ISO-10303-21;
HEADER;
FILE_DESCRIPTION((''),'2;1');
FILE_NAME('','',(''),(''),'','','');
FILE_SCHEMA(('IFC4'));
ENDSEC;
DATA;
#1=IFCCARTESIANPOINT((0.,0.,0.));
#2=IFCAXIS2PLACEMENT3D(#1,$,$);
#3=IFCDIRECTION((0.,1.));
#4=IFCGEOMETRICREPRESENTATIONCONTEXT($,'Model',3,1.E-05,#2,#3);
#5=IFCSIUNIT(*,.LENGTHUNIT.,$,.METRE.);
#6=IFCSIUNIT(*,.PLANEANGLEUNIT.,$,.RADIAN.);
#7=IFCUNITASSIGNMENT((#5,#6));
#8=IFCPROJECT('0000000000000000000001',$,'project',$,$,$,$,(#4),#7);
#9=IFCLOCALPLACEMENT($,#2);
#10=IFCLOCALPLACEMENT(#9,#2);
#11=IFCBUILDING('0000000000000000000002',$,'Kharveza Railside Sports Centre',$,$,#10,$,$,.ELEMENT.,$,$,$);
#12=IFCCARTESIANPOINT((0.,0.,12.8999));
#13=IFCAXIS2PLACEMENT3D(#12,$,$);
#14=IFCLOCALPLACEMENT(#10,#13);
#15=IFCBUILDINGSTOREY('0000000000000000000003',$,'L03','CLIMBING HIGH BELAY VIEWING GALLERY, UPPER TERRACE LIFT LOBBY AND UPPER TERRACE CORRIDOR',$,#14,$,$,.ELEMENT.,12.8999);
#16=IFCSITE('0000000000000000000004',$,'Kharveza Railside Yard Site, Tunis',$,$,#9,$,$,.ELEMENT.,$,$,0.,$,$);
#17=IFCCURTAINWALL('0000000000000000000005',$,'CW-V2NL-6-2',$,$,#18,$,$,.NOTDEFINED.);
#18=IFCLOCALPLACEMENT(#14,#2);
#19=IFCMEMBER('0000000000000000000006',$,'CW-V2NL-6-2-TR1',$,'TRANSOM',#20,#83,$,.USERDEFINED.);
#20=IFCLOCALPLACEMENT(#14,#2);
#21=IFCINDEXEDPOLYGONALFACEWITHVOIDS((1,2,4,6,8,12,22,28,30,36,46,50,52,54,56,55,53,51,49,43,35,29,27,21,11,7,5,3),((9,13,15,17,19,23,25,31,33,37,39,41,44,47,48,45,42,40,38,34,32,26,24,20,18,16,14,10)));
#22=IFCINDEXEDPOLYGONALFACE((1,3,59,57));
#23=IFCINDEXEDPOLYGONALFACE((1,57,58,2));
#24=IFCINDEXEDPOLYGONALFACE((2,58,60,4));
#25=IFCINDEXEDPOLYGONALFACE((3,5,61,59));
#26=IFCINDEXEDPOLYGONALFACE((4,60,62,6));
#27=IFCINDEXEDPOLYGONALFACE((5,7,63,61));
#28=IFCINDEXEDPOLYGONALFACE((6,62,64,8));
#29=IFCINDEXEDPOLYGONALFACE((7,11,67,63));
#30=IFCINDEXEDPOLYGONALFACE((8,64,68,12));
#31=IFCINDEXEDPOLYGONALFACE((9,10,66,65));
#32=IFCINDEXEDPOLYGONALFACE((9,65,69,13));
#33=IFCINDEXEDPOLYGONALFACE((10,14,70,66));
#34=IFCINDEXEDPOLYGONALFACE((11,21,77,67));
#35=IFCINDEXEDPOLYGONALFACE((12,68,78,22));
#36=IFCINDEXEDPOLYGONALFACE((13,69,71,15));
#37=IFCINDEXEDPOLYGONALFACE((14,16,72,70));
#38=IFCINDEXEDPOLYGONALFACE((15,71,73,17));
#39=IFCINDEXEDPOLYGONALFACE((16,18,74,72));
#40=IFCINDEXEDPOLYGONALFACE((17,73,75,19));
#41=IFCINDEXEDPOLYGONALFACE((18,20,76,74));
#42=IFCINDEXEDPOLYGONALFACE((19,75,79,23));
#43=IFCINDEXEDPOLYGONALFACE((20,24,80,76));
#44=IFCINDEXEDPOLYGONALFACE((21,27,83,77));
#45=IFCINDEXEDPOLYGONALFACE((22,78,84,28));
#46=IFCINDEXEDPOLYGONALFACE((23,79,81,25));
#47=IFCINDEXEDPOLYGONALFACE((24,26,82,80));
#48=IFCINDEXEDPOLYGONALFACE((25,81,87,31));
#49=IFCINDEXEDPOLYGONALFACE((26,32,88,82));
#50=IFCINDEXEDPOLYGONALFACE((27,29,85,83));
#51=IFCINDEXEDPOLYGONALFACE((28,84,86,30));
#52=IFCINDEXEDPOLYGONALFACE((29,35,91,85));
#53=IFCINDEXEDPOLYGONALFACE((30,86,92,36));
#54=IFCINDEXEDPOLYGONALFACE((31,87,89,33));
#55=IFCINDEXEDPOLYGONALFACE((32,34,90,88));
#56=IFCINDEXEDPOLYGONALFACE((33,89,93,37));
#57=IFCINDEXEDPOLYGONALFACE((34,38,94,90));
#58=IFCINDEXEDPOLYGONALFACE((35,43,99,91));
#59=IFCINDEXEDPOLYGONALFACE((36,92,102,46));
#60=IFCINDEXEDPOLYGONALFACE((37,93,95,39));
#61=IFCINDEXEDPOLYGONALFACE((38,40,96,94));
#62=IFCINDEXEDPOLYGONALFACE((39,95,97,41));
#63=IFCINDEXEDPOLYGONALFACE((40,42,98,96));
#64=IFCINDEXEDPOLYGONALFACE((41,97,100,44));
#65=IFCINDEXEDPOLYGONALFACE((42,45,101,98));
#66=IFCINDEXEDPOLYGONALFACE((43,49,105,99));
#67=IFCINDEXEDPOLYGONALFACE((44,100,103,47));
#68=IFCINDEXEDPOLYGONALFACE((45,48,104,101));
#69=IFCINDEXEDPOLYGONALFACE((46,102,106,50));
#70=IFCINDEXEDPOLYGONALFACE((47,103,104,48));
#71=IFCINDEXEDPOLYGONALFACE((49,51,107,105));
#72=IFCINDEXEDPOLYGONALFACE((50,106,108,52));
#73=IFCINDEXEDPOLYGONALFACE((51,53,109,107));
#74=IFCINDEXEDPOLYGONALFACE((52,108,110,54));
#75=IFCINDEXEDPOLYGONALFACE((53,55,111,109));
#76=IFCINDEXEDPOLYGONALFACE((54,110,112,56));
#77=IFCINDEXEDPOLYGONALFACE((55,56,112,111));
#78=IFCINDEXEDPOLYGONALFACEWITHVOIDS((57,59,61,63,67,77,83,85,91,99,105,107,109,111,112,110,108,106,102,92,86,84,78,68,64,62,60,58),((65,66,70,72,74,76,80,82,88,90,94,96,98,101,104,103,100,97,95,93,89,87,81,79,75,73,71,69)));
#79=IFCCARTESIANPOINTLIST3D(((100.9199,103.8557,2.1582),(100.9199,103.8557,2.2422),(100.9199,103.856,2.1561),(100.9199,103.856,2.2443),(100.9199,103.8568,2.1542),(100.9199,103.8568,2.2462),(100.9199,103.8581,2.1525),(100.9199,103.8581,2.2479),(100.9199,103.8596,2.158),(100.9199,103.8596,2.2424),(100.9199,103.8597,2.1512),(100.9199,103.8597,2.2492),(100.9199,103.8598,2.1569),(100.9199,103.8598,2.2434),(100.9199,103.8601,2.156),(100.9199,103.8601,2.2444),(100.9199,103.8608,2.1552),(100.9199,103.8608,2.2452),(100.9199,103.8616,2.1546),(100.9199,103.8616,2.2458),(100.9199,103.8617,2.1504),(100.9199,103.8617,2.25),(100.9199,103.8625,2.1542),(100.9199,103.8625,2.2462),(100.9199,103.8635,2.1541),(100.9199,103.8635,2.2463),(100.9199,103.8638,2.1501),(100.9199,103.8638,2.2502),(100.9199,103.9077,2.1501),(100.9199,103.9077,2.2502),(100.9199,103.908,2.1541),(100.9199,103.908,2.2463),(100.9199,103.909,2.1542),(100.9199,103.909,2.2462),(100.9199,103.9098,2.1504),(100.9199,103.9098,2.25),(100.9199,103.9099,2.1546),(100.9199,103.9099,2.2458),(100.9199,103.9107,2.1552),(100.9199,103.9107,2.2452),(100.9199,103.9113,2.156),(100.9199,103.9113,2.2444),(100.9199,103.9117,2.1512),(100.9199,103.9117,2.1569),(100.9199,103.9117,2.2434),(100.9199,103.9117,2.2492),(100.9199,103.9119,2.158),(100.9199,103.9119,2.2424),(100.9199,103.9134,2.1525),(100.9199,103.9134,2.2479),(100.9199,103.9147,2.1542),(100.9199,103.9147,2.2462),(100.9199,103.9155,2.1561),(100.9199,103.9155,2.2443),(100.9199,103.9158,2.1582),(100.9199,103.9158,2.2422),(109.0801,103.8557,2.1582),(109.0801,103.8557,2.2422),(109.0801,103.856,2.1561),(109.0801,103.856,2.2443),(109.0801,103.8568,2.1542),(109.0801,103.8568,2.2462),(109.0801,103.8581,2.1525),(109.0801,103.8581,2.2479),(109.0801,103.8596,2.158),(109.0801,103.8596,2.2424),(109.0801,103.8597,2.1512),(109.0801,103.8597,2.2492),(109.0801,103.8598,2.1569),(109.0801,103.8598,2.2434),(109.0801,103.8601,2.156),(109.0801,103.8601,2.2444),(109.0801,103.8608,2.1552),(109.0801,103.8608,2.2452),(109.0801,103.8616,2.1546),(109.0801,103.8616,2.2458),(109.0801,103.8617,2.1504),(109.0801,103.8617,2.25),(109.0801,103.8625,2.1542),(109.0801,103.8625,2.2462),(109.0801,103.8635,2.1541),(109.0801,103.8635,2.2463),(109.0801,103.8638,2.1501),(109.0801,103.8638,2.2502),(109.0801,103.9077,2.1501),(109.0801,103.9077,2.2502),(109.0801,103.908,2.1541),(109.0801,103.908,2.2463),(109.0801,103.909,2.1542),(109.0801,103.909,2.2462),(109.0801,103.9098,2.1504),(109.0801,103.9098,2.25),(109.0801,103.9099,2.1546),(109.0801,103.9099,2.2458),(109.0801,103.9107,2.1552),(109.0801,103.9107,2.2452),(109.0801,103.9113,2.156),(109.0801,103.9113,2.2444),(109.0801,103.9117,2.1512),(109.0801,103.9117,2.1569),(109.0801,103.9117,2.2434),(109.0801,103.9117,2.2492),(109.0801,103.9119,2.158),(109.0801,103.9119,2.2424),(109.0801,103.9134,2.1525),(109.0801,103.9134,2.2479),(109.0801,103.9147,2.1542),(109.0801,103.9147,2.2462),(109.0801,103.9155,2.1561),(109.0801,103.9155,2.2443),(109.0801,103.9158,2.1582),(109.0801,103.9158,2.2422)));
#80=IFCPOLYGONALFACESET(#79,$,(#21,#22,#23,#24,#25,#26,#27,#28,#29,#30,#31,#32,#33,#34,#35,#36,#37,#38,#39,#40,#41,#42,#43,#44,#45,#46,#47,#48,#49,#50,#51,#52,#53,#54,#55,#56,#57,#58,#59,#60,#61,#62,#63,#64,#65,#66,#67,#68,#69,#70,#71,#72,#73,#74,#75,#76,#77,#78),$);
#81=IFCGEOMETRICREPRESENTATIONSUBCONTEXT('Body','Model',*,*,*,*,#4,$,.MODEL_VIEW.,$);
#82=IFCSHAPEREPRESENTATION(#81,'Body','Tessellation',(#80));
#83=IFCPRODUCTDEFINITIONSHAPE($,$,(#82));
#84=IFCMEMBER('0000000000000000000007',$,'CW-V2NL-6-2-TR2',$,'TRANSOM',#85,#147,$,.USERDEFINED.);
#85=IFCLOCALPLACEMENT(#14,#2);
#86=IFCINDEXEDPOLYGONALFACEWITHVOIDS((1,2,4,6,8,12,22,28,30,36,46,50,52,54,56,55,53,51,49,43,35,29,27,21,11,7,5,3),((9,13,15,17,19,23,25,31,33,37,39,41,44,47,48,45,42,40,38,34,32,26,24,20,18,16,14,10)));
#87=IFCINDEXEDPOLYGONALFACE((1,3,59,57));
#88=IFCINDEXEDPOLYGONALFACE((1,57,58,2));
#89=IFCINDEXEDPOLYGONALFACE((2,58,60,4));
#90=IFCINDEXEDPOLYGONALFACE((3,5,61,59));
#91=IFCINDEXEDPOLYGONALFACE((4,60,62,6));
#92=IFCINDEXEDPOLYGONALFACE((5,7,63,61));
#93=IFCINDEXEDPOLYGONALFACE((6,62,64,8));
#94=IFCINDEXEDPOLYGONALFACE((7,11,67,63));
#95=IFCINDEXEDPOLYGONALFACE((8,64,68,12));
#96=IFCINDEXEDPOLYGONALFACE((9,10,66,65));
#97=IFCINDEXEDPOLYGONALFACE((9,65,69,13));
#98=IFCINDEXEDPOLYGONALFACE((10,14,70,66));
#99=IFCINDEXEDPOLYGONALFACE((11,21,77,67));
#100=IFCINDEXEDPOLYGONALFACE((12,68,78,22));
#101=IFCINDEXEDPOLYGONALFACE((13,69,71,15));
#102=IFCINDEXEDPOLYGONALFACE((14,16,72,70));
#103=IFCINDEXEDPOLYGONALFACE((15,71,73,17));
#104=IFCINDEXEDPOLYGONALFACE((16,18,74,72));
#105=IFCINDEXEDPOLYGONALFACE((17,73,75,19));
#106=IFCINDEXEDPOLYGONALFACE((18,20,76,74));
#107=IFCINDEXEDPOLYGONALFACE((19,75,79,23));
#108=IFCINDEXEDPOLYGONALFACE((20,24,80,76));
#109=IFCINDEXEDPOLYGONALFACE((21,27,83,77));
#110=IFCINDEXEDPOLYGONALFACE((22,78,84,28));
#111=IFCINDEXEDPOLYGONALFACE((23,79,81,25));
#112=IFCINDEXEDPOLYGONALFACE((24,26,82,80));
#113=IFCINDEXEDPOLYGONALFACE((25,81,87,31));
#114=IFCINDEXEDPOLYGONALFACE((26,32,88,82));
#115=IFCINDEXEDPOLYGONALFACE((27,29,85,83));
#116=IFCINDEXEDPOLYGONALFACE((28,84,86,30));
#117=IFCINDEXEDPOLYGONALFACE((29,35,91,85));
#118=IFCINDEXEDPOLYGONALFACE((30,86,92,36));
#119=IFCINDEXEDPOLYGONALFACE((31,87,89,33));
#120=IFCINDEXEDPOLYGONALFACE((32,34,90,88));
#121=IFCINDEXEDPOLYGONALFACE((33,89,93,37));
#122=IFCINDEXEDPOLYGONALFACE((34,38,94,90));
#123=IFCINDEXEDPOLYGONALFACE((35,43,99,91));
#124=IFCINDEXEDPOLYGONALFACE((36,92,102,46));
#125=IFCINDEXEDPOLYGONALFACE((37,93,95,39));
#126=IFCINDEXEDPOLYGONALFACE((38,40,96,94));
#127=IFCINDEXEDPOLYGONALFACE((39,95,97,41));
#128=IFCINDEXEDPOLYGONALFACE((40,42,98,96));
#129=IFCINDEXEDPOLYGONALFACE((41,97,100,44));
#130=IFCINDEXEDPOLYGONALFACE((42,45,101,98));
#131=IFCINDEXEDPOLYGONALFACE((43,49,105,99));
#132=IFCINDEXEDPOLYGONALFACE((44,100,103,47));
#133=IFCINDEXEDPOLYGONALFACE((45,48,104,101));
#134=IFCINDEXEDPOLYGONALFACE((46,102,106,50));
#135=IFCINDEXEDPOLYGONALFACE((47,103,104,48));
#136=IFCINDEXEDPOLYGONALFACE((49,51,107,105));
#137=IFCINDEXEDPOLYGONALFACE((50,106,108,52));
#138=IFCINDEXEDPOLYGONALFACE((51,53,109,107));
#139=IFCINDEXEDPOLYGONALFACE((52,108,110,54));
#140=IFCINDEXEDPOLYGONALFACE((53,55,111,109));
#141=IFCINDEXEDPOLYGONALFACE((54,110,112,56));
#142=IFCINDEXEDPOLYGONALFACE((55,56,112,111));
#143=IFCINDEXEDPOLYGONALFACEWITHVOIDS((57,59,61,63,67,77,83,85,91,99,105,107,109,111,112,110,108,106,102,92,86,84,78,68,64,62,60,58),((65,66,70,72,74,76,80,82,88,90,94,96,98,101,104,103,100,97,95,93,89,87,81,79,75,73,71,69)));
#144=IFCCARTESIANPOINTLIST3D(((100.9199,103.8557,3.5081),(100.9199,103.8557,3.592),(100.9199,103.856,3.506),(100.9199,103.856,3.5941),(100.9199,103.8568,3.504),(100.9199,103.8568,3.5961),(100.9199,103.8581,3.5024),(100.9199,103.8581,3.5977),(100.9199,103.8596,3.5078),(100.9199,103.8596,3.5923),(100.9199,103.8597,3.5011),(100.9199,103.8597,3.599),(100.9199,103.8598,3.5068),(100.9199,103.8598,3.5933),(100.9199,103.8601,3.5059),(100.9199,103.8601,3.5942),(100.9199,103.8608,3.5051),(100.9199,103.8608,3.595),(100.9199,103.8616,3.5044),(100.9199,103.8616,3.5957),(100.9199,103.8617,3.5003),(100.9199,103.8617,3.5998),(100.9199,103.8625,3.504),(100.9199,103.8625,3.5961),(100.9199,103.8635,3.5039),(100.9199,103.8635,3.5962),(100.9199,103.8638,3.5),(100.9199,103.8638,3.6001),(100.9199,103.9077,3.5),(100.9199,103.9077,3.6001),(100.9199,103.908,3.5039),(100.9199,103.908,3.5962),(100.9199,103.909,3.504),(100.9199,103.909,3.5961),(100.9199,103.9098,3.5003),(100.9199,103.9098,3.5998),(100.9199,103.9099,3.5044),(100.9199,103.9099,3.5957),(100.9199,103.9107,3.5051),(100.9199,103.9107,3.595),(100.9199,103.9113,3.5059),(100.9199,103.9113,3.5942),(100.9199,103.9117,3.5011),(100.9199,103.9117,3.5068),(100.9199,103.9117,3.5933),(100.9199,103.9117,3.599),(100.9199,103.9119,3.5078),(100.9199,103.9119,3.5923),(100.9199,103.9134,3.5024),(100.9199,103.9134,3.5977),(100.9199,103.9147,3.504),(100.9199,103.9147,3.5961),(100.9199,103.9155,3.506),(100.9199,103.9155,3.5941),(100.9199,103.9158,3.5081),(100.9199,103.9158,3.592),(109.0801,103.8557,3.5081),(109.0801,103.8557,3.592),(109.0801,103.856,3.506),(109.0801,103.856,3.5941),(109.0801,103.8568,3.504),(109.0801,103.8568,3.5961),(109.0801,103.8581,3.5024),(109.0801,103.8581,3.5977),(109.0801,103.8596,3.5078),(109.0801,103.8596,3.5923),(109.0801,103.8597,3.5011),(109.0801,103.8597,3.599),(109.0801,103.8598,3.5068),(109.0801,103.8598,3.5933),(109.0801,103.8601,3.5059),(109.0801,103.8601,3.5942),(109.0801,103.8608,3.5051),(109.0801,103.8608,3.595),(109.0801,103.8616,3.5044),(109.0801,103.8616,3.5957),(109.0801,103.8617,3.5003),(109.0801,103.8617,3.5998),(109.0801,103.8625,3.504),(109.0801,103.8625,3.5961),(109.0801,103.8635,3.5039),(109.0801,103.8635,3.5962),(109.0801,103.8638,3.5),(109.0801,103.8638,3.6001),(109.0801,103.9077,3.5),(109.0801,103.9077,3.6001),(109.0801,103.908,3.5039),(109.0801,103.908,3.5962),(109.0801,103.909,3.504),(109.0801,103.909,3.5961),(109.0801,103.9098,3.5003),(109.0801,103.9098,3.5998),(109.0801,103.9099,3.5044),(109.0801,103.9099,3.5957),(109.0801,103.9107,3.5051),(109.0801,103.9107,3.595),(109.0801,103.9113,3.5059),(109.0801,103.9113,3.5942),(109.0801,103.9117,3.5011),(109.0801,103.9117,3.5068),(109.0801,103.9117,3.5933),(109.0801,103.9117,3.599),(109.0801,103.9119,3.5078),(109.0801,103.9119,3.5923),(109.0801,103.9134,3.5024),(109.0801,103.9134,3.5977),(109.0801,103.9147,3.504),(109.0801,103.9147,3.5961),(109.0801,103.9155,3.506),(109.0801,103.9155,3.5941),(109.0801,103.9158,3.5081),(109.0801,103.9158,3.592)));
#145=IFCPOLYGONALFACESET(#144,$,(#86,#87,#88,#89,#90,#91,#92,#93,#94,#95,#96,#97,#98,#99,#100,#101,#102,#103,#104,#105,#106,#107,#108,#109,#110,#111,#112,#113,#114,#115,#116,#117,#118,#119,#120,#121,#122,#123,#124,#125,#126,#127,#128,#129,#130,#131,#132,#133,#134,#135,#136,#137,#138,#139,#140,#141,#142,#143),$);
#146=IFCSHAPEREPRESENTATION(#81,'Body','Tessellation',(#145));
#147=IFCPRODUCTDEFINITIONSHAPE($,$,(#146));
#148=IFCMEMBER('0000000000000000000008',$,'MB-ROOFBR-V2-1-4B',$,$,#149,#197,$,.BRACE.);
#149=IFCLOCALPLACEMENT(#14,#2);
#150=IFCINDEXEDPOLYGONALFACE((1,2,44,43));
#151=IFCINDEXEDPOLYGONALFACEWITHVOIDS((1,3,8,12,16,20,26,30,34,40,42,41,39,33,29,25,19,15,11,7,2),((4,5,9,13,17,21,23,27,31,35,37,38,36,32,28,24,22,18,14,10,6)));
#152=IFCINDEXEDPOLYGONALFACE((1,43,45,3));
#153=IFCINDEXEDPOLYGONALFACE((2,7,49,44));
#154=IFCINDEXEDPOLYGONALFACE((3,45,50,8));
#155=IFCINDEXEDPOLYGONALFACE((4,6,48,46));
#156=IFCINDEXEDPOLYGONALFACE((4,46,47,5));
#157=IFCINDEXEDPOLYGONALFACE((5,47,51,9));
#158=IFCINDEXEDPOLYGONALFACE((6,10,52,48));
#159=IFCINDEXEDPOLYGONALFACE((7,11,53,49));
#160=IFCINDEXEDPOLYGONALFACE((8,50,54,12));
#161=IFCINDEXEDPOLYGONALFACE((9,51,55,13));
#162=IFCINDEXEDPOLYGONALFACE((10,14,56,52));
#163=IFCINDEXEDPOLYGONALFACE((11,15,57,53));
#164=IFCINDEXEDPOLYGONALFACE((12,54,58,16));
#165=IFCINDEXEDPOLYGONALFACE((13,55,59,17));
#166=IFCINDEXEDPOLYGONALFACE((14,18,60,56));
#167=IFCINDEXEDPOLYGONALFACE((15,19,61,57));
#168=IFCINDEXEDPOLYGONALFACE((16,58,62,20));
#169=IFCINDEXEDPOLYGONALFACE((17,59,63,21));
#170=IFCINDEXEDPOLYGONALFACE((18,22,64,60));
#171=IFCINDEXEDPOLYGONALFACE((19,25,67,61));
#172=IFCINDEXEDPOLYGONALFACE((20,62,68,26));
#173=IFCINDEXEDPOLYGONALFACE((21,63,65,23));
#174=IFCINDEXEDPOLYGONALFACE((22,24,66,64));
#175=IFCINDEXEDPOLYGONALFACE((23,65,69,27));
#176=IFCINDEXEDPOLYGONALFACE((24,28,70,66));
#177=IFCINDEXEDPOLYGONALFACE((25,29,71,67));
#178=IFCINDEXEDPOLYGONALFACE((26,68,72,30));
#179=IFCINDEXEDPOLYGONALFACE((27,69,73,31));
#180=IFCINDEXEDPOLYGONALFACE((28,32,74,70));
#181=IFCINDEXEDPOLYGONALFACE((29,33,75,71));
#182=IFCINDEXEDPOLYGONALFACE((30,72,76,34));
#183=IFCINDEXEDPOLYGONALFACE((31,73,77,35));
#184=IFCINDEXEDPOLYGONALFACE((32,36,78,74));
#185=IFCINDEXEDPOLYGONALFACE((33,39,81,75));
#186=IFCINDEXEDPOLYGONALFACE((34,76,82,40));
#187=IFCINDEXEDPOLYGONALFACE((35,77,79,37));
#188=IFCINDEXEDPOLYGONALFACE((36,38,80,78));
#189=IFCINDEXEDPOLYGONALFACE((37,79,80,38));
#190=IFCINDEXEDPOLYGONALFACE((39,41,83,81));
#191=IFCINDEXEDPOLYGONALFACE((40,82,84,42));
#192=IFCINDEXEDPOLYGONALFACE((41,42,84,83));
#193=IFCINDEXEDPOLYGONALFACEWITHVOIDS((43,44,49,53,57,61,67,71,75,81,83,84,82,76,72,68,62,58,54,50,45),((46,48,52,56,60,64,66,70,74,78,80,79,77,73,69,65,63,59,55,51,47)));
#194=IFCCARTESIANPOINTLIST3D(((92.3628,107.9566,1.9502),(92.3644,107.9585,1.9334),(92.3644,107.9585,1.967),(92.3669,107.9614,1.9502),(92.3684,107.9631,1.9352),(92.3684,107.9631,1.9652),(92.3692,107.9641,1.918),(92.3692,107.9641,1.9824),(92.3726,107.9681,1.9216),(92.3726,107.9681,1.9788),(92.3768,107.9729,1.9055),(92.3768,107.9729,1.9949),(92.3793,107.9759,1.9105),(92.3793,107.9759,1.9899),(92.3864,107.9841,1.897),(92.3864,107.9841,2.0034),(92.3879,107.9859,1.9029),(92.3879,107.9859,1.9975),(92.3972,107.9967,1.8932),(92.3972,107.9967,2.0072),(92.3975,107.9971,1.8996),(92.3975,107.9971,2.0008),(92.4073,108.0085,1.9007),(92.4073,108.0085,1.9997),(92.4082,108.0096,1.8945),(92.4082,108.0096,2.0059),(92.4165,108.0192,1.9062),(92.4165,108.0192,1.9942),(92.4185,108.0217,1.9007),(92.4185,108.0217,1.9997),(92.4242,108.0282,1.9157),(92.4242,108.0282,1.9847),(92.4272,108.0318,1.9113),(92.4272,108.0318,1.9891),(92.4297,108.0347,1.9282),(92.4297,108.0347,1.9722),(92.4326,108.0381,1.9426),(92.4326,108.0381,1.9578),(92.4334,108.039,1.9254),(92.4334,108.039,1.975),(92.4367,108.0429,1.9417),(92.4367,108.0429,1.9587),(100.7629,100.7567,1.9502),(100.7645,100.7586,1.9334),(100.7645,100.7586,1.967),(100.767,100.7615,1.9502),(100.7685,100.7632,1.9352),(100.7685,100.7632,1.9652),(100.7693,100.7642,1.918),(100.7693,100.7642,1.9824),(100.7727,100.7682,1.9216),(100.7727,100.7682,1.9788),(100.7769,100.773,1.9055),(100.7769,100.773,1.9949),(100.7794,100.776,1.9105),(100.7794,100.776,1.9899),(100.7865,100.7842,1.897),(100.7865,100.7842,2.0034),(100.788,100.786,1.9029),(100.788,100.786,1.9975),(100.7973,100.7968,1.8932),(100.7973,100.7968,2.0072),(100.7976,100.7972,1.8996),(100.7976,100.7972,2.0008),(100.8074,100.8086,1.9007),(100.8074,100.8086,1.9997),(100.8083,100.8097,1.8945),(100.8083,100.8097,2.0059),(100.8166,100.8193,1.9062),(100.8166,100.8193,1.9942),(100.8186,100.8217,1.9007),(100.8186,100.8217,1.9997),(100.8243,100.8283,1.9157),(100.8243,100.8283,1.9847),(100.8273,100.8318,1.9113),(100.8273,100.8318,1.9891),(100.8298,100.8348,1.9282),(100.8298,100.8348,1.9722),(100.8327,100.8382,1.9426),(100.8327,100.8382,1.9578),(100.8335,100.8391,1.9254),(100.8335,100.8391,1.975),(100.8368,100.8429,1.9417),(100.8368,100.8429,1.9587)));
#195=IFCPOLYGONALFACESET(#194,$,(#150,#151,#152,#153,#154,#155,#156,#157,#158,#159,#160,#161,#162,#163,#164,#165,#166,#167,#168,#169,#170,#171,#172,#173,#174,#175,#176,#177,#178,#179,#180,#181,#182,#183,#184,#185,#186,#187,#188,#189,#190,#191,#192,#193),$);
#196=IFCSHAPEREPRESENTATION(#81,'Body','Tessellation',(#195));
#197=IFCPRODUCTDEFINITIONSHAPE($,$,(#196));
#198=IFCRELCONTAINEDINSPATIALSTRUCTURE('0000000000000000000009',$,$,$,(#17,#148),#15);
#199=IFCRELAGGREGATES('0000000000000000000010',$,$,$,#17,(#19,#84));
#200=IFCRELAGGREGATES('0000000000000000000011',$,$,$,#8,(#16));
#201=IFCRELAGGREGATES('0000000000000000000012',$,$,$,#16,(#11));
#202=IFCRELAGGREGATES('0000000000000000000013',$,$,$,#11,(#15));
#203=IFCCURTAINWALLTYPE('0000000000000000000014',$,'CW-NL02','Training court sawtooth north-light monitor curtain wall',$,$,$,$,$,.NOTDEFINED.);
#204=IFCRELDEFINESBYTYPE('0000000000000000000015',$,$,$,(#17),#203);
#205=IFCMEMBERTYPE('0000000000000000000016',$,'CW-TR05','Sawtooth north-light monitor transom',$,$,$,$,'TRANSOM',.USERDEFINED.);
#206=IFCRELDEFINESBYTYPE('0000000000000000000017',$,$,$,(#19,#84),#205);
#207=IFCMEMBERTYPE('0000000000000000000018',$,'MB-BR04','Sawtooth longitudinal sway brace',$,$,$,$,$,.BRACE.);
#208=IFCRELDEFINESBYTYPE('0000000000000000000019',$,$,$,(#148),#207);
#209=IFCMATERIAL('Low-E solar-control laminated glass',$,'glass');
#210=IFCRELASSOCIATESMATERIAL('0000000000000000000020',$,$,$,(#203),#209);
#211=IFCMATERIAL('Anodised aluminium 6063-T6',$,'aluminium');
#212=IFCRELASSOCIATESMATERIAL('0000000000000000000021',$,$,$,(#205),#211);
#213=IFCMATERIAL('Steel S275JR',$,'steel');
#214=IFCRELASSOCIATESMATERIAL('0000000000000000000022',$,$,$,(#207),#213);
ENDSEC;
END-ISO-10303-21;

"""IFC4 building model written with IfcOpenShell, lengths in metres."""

from ifc_helpers import new_model, si_unit, direction, frame, origin, origin_2d, place, context, subcontext, project, spatial, hollow_rectangle, hollow_circle, extrude, material, material_profile, profile_set, type_object, element, aggregate, save


model = new_model("IFC4")

# Units and contexts
model_context = context("Model", 3, precision=1e-05, world=origin(), true_north=direction((0.0, 1.0)))
body_context = subcontext(model_context, "Body", "Model", "MODEL_VIEW")
ifc_project = project(units=[si_unit("LENGTHUNIT", "METRE"), si_unit("PLANEANGLEUNIT", "RADIAN")], contexts=[model_context])

# Site, building, storey
site_placement = place(None, origin())
site = spatial("IfcSite", under=ifc_project, at=site_placement, Name="Kharveza Railside Yard Site, Tunis", CompositionType="ELEMENT", RefElevation=0.0)
building_placement = place(site_placement, origin())
building = spatial("IfcBuilding", under=site, at=building_placement, Name="Kharveza Railside Sports Centre", CompositionType="ELEMENT")
storey_placement = place(building_placement, frame((0.0, 0.0, 12.8999)))
storey = spatial("IfcBuildingStorey", under=building, at=storey_placement, Name="L03", Description="CLIMBING HIGH BELAY VIEWING GALLERY, UPPER TERRACE LIFT LOBBY AND UPPER TERRACE CORRIDOR", CompositionType="ELEMENT", Elevation=12.8999)

# Shared definitions
ifc_material_1 = material(Name="Steel S275JR", Category="steel")

# Shared definitions
ifc_material_2 = material(Name="Low-E solar-control laminated glass", Category="glass")
curtain_wall_type = type_object("IfcCurtainWallType", Name="CW-NL02", Description="Training court sawtooth north-light monitor curtain wall", PredefinedType="NOTDEFINED", material=ifc_material_2)
ifc_material_3 = material(Name="Anodised aluminium 6063-T6", Category="aluminium")

# Curtain wall
curtain_wall_1_placement = place(storey_placement, origin())
curtain_wall_1 = element("IfcCurtainWall", 1, at=curtain_wall_1_placement, inside=storey, type_object=curtain_wall_type, Name="CW-V2NL-6-2", PredefinedType="NOTDEFINED")

# Members
ifc_material_profile_1 = material_profile(ifc_material_3, hollow_rectangle(XDim=0.0601, YDim=0.1001, WallThickness=0.0039, InnerFilletRadius=0.0039, OuterFilletRadius=0.0081, at=origin_2d()), Name="RHS 60x100x4.0")
ifc_profile_set_1 = profile_set([ifc_material_profile_1], Name="Anodised aluminium 6063-T6")
member_type_1 = type_object("IfcMemberType", Name="CW-TR05", Description="Sawtooth north-light monitor transom", ElementType="TRANSOM", PredefinedType="USERDEFINED", material=ifc_profile_set_1)
member_1_placement = place(storey_placement, frame((100.9199, 103.8857, 2.2002), z_axis=(1.0, 0.0, 0.0), x_axis=(0.0, 1.0, 0.0)))
member_1 = element("IfcMember", 2, at=member_1_placement, type_object=member_type_1, Name="CW-V2NL-6-2-TR1", ObjectType="TRANSOM", PredefinedType="USERDEFINED", context=body_context, shape_type="SweptSolid", body=[
    extrude(hollow_rectangle(XDim=0.0601, YDim=0.1001, WallThickness=0.0039, InnerFilletRadius=0.0039, OuterFilletRadius=0.0081, at=origin_2d()), origin(), (0.0, 0.0, 1.0), 8.1602),
])
member_2_placement = place(storey_placement, frame((100.9199, 103.8857, 3.55), z_axis=(1.0, 0.0, 0.0), x_axis=(0.0, 1.0, 0.0)))
member_2 = element("IfcMember", 3, at=member_2_placement, type_object=member_type_1, Name="CW-V2NL-6-2-TR2", ObjectType="TRANSOM", PredefinedType="USERDEFINED", context=body_context, shape_type="SweptSolid", body=[
    extrude(hollow_rectangle(XDim=0.0601, YDim=0.1001, WallThickness=0.0039, InnerFilletRadius=0.0039, OuterFilletRadius=0.0081, at=origin_2d()), origin(), (0.0, 0.0, 1.0), 8.1602),
])
aggregate(curtain_wall_1, [member_1, member_2])

# Member
ifc_material_profile_2 = material_profile(ifc_material_1, hollow_circle(Radius=0.0571, WallThickness=0.0063, at=origin_2d()), Name="CHS 114.3x6.3")
ifc_profile_set_2 = profile_set([ifc_material_profile_2], Name="Steel S275JR")
member_type_2 = type_object("IfcMemberType", Name="MB-BR04", Description="Sawtooth longitudinal sway brace", PredefinedType="BRACE", material=ifc_profile_set_2)
member_3_placement = place(storey_placement, frame((100.8, 100.8, 1.9502), z_axis=(-0.759264, 0.650782, 0.0), x_axis=(-0.650782, -0.759264, 0.0)))
element("IfcMember", 4, at=member_3_placement, inside=storey, type_object=member_type_2, Name="MB-ROOFBR-V2-1-4B", PredefinedType="BRACE", context=body_context, shape_type="SweptSolid", body=[
    extrude(hollow_circle(Radius=0.0571, WallThickness=0.0063, at=origin_2d()), origin(), (0.0, 0.0, 1.0), 11.0635),
])

save(model, "model.ifc")
